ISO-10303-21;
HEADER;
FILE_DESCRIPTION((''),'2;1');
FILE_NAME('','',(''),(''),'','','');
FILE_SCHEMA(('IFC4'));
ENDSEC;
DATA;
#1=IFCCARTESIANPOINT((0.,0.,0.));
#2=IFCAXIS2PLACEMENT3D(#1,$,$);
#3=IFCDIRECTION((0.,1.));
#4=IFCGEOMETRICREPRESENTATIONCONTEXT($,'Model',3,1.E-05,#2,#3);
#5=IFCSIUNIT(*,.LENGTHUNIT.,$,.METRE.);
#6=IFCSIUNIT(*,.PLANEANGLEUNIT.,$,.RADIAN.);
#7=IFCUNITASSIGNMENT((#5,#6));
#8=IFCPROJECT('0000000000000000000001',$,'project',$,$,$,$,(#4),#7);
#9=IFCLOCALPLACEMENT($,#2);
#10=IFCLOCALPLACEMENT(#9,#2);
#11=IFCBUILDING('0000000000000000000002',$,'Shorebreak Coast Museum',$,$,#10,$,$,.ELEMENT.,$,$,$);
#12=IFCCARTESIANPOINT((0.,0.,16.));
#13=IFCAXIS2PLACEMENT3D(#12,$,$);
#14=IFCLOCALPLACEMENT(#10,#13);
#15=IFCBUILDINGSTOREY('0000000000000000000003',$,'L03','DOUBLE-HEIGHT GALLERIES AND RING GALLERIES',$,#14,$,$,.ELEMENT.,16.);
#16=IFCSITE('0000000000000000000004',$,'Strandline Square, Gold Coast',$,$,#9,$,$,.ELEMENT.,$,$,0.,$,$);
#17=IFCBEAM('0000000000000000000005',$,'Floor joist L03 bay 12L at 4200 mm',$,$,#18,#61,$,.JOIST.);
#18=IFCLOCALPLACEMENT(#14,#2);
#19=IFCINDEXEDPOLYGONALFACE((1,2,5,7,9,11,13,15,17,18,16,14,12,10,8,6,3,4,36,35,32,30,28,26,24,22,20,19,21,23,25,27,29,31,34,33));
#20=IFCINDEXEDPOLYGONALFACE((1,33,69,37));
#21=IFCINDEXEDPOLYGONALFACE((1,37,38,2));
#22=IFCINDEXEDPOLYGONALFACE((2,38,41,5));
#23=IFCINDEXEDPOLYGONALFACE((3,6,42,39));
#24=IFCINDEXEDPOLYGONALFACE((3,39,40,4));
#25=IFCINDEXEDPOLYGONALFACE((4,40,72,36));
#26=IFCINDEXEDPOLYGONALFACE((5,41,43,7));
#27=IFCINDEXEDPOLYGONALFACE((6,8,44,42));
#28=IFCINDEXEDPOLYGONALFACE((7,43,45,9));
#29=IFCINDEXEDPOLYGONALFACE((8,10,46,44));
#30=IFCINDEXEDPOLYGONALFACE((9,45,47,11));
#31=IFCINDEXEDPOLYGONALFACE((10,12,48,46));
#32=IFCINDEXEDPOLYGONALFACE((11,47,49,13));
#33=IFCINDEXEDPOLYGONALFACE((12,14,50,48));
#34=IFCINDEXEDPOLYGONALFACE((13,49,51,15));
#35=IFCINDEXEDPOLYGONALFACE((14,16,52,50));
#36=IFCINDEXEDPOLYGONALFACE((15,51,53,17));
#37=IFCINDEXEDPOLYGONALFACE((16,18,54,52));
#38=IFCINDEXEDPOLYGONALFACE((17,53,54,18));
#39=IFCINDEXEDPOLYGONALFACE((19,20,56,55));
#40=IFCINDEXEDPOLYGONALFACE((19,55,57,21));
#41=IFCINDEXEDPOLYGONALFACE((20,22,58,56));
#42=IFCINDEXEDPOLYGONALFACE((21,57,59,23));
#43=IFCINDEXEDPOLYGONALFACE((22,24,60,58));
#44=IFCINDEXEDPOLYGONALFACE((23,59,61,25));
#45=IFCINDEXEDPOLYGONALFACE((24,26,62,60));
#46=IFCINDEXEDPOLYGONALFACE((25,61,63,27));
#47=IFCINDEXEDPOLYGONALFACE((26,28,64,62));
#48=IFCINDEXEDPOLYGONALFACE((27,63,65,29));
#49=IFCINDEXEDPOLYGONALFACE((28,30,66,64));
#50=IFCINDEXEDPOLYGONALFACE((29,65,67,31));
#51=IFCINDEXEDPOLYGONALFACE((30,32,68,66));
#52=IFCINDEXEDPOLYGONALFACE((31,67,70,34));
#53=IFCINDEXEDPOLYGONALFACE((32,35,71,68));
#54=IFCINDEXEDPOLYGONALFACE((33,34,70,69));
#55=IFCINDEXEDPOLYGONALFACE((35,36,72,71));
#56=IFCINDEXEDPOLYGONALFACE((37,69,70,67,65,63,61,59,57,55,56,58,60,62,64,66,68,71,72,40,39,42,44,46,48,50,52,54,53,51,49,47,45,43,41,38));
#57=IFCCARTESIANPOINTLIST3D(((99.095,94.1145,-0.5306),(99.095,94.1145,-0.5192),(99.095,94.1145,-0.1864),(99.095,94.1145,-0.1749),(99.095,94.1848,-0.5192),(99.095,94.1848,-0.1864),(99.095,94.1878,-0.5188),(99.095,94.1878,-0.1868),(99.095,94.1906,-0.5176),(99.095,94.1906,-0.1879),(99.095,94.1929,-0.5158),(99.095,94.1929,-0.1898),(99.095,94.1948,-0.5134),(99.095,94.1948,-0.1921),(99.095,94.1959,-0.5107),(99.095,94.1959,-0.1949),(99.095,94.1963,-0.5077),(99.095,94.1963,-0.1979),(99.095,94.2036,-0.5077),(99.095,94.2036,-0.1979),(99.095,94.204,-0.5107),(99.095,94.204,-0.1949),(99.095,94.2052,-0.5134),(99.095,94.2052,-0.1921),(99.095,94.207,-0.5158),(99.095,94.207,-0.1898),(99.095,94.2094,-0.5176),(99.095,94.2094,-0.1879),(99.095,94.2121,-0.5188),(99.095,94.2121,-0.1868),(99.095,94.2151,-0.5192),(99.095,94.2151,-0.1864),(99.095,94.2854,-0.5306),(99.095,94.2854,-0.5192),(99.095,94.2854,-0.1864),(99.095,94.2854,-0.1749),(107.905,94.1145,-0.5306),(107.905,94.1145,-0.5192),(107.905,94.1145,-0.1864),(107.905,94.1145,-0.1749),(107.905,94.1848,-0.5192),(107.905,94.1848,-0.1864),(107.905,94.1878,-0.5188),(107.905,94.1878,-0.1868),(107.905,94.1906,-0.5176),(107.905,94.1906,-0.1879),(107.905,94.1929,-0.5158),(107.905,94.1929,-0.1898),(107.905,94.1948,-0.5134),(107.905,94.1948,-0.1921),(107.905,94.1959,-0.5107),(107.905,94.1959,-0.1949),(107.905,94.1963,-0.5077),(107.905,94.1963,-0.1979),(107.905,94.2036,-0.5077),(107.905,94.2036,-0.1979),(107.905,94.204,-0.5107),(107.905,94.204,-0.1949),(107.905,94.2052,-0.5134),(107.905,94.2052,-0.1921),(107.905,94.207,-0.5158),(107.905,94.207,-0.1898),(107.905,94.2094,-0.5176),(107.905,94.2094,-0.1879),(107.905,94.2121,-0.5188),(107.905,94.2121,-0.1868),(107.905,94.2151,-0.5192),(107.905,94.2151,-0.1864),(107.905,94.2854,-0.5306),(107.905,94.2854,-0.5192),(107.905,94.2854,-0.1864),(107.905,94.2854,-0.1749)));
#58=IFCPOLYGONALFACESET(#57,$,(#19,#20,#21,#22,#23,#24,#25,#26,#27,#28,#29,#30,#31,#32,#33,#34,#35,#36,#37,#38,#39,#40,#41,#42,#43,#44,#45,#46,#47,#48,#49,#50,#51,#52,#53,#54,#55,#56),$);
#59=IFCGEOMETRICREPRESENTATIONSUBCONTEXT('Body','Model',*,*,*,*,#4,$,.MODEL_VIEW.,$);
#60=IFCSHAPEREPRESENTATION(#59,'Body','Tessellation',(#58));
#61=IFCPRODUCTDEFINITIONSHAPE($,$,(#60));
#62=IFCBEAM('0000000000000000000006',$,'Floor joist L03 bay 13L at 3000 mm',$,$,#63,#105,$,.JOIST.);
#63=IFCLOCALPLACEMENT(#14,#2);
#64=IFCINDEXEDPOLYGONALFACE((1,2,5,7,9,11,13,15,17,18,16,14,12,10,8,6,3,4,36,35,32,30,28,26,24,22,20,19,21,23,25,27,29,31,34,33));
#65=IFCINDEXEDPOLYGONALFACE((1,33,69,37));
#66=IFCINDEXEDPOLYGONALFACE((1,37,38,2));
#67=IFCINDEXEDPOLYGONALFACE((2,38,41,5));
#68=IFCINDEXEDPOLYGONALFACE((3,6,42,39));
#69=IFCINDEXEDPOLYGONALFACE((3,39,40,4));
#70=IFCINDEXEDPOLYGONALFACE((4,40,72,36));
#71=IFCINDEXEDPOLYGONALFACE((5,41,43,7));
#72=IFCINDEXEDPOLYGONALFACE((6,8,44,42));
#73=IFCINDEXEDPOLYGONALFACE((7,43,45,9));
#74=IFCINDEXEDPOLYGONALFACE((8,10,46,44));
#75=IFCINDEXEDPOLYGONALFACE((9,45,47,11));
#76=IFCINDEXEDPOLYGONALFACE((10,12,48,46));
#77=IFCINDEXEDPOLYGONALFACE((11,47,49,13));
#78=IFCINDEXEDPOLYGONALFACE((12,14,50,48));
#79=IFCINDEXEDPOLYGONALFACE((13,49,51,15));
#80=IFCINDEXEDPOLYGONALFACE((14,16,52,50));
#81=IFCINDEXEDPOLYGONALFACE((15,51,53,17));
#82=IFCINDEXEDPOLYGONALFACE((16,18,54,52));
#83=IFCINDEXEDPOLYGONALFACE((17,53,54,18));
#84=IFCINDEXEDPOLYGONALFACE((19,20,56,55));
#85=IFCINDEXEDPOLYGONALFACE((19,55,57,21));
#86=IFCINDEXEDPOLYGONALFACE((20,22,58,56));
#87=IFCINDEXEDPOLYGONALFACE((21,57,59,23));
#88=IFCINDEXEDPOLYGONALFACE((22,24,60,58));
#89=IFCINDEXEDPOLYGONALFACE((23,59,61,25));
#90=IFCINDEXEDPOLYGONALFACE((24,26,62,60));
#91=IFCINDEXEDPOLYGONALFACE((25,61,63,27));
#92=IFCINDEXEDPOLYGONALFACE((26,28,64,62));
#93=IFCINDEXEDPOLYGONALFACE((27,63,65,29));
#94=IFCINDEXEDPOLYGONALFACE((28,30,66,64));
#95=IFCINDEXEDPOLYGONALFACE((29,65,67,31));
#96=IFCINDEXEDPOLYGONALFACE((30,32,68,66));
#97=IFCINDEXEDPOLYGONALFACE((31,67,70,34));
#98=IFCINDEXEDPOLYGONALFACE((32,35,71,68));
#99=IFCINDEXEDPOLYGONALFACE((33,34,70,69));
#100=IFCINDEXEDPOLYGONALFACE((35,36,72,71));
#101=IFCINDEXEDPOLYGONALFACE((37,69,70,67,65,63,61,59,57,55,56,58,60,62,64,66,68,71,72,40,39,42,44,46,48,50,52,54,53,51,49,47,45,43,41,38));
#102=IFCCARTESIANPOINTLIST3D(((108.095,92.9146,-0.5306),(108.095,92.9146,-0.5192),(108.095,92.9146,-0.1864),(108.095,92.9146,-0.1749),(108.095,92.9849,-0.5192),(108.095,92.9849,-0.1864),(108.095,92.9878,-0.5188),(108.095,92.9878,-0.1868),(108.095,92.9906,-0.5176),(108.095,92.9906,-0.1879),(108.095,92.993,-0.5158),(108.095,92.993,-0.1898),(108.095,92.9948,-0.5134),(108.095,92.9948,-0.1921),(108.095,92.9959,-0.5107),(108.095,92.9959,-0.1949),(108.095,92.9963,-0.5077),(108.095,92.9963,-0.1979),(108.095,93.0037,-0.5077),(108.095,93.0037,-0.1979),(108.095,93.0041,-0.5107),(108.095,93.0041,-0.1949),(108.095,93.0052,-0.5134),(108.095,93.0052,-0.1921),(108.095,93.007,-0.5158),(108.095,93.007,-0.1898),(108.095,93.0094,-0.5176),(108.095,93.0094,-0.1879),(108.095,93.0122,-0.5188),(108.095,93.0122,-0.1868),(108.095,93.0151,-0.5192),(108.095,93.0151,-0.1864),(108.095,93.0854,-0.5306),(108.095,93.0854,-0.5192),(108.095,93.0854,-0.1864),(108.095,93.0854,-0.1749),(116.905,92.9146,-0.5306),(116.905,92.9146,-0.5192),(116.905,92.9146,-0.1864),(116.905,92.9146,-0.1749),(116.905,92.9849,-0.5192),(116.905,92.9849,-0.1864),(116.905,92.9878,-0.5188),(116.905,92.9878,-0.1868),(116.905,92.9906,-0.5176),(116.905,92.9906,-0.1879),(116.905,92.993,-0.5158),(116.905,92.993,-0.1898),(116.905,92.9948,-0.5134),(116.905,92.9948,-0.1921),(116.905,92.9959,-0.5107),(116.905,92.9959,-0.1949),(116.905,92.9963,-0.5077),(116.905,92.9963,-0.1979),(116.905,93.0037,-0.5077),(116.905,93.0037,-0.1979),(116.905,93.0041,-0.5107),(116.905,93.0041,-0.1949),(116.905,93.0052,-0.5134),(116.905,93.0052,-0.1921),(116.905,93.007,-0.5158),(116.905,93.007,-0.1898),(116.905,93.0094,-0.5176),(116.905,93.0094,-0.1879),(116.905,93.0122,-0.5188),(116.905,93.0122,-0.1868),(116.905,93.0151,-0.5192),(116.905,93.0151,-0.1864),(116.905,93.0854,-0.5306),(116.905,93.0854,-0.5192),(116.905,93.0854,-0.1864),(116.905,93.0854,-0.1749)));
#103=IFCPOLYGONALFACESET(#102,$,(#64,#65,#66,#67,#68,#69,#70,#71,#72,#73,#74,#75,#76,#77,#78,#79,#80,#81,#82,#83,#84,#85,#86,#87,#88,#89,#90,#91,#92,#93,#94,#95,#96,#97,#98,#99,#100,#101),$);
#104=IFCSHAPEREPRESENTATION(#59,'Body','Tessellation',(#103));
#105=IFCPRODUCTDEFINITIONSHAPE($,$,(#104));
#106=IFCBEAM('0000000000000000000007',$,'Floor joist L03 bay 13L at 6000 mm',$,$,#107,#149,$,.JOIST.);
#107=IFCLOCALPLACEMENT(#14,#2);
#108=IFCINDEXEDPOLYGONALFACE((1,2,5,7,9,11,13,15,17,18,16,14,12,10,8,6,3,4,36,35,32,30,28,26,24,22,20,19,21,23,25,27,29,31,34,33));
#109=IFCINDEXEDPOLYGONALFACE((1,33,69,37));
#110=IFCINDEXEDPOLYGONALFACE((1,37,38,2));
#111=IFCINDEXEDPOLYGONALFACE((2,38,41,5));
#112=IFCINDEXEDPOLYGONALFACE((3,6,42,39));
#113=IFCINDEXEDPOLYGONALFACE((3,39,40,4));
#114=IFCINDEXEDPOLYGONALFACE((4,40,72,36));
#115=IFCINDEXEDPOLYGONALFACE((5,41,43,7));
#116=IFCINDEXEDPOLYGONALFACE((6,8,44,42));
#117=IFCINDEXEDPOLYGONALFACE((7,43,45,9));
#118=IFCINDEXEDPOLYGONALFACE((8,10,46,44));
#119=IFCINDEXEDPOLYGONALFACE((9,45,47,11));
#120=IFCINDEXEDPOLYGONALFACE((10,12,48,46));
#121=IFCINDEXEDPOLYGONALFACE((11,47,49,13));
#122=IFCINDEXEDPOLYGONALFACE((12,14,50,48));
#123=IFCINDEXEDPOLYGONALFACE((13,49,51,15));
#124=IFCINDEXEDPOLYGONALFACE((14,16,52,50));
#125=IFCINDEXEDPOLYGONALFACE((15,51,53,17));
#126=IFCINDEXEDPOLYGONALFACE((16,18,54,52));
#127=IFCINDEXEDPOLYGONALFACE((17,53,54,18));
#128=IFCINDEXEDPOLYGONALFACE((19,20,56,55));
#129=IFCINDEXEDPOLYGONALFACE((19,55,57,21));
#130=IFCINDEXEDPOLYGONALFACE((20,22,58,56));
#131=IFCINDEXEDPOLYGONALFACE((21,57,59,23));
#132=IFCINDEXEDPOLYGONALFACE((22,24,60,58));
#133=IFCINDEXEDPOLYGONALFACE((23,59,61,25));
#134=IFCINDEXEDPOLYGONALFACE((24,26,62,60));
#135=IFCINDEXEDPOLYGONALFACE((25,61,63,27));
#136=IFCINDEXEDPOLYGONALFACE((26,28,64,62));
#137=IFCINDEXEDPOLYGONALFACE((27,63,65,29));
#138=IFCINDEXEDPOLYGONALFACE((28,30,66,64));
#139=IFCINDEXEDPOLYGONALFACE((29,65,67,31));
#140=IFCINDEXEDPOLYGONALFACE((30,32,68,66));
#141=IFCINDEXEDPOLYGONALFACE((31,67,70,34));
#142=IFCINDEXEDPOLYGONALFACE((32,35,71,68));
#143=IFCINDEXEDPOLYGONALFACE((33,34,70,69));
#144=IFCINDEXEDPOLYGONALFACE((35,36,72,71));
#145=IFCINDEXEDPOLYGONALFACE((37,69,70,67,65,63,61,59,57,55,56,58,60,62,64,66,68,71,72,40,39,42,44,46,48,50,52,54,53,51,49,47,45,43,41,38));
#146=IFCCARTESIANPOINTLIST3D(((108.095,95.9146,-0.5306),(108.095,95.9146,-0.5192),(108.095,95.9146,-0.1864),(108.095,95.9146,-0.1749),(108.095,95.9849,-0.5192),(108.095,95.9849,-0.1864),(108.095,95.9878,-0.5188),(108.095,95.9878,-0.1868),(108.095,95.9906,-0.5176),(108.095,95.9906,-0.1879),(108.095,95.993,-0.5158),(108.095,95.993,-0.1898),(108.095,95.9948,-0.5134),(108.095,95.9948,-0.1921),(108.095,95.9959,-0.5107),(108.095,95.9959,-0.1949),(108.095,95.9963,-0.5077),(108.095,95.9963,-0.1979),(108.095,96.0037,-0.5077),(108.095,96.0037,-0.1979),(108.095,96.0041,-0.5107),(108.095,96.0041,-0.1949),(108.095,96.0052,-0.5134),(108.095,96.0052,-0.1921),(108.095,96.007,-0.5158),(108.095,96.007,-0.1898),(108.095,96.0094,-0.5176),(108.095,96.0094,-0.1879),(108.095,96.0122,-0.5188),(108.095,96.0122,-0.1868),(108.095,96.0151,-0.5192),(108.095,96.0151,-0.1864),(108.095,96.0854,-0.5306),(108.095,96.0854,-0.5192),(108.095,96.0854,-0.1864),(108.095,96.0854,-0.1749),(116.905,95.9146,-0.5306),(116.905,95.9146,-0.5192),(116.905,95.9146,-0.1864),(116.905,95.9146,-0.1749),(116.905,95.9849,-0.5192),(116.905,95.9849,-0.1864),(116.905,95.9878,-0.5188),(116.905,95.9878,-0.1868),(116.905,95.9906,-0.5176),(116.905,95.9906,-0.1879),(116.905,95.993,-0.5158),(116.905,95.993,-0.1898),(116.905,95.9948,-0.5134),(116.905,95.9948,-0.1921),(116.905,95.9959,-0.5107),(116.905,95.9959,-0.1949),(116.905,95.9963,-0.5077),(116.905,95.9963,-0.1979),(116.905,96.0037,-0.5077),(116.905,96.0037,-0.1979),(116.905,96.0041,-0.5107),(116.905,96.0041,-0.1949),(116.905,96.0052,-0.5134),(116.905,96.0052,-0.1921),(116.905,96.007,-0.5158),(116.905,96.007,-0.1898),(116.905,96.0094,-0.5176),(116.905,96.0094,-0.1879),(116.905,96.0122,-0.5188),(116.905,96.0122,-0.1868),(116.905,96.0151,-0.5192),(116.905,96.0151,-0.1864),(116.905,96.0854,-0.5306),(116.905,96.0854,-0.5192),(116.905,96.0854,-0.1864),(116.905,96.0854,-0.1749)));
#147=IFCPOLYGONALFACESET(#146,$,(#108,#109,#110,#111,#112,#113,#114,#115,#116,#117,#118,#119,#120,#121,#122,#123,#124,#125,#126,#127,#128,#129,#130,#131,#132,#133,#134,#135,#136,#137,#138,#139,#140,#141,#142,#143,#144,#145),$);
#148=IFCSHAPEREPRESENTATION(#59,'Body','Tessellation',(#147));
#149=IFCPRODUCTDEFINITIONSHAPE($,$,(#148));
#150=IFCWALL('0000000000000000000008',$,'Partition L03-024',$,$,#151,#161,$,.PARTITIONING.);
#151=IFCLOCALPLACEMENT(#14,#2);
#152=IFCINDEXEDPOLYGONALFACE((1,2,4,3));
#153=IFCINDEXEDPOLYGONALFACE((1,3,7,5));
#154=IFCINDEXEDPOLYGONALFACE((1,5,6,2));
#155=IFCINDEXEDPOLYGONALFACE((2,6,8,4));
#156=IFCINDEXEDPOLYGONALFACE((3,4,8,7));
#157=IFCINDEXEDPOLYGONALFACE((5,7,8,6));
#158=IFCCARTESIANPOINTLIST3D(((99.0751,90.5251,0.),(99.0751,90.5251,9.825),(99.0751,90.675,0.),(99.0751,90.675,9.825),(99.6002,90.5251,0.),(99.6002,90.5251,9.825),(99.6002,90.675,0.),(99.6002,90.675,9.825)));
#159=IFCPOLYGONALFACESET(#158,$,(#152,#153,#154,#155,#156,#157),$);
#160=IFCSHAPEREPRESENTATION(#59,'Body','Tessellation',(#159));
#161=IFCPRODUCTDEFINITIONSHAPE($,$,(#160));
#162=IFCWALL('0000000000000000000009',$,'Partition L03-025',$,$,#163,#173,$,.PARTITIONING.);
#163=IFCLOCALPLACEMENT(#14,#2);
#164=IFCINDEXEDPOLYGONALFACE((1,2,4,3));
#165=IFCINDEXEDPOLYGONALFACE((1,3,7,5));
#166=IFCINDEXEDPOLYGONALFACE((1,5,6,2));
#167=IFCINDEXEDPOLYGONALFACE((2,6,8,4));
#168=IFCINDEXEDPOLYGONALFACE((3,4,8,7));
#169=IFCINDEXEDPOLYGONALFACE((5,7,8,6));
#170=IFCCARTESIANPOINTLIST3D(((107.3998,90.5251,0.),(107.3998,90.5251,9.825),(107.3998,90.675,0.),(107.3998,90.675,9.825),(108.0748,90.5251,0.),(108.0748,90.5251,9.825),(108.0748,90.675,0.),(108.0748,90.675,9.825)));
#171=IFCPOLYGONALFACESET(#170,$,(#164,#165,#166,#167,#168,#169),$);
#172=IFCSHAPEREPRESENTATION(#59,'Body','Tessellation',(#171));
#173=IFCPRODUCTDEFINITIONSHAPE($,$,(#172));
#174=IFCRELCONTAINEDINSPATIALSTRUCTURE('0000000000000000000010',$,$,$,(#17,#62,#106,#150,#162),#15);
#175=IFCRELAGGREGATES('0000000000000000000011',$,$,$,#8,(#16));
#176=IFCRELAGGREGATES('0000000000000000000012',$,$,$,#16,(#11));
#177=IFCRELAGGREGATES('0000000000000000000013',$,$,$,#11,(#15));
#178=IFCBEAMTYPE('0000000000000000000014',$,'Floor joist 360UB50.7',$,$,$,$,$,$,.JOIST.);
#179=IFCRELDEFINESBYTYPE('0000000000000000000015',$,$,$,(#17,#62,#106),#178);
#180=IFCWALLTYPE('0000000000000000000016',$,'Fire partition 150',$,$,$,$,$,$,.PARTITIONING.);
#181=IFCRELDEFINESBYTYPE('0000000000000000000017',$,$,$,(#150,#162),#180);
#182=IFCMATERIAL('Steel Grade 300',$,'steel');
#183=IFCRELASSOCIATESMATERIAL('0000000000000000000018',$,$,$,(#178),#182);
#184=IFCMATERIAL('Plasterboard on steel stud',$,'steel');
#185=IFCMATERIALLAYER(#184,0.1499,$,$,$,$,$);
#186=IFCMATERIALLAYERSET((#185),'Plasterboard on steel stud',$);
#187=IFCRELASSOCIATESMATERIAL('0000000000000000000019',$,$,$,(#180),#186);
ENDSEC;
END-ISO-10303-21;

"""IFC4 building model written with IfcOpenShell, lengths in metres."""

from ifc_helpers import new_model, si_unit, direction, frame, frame_2d, origin, origin_2d, place, context, subcontext, project, spatial, rectangle, i_section, extrude, material, layer, layer_set, material_profile, profile_set, type_object, element, save


model = new_model("IFC4")

# Units and contexts
model_context = context("Model", 3, precision=1e-05, world=origin(), true_north=direction((0.0, 1.0)))
body_context = subcontext(model_context, "Body", "Model", "MODEL_VIEW")
ifc_project = project(units=[si_unit("LENGTHUNIT", "METRE"), si_unit("PLANEANGLEUNIT", "RADIAN")], contexts=[model_context])

# Site, building, storey
site_placement = place(None, origin())
site = spatial("IfcSite", under=ifc_project, at=site_placement, Name="Strandline Square, Gold Coast", CompositionType="ELEMENT", RefElevation=0.0)
building_placement = place(site_placement, origin())
building = spatial("IfcBuilding", under=site, at=building_placement, Name="Shorebreak Coast Museum", CompositionType="ELEMENT")
storey_placement = place(building_placement, frame((0.0, 0.0, 16.0)))
storey = spatial("IfcBuildingStorey", under=building, at=storey_placement, Name="L03", Description="DOUBLE-HEIGHT GALLERIES AND RING GALLERIES", CompositionType="ELEMENT", Elevation=16.0)

# Beams
ifc_material_1 = material(Name="Steel Grade 300", Category="steel")
ifc_material_profile_1 = material_profile(ifc_material_1, i_section(OverallWidth=0.1709, OverallDepth=0.3557, WebThickness=0.0073, FlangeThickness=0.0115, FilletRadius=0.0115, at=origin_2d()), Name="360UB50.7")
ifc_profile_set_1 = profile_set([ifc_material_profile_1], Name="Steel Grade 300")
beam_type_1 = type_object("IfcBeamType", Name="Floor joist 360UB50.7", PredefinedType="JOIST", material=ifc_profile_set_1)
for number, where, z_axis, x_axis, name in (
    (1, (99.095, 94.2, -0.3528), (1.0, 0.0, 0.0), (0.0, 1.0, 0.0), "Floor joist L03 bay 12L at 4200 mm"),
    (2, (108.095, 93.0, -0.3528), (1.0, 0.0, 0.0), (0.0, 1.0, 0.0), "Floor joist L03 bay 13L at 3000 mm"),
    (3, (108.095, 96.0, -0.3528), (1.0, 0.0, 0.0), (0.0, 1.0, 0.0), "Floor joist L03 bay 13L at 6000 mm"),
):
    element("IfcBeam", number, at=place(storey_placement, frame(where, z_axis=z_axis, x_axis=x_axis)), inside=storey, type_object=beam_type_1, Name=name, PredefinedType="JOIST", context=body_context, shape_type="SweptSolid", body=[
        extrude(i_section(OverallWidth=0.1709, OverallDepth=0.3557, WebThickness=0.0073, FlangeThickness=0.0115, FilletRadius=0.0115, at=origin_2d()), origin(), (0.0, 0.0, 1.0), 8.8101),
    ])

# Walls
ifc_material_2 = material(Name="Plasterboard on steel stud", Category="steel")
ifc_layer_1 = layer(ifc_material_2, 0.1499)
ifc_layer_set_1 = layer_set([ifc_layer_1], Name="Plasterboard on steel stud")
wall_type_1 = type_object("IfcWallType", Name="Fire partition 150", PredefinedType="PARTITIONING", material=ifc_layer_set_1)
wall_1_placement = place(storey_placement, frame((99.075, 90.6001, 0.0), z_axis=(0.0, 0.0, 1.0), x_axis=(1.0, 0.0, 0.0)))
element("IfcWall", 4, at=wall_1_placement, inside=storey, type_object=wall_type_1, Name="Partition L03-024", PredefinedType="PARTITIONING", context=body_context, shape_type="SweptSolid", body=[
    extrude(rectangle(XDim=0.5251, YDim=0.1499, at=frame_2d((0.2627, 0.0))), origin(), (0.0, 0.0, 1.0), 9.825),
])
wall_2_placement = place(storey_placement, frame((107.3999, 90.6001, 0.0), z_axis=(0.0, 0.0, 1.0), x_axis=(1.0, 0.0, 0.0)))
element("IfcWall", 5, at=wall_2_placement, inside=storey, type_object=wall_type_1, Name="Partition L03-025", PredefinedType="PARTITIONING", context=body_context, shape_type="SweptSolid", body=[
    extrude(rectangle(XDim=0.675, YDim=0.1499, at=frame_2d((0.3374, 0.0))), origin(), (0.0, 0.0, 1.0), 9.825),
])

save(model, "model.ifc")
